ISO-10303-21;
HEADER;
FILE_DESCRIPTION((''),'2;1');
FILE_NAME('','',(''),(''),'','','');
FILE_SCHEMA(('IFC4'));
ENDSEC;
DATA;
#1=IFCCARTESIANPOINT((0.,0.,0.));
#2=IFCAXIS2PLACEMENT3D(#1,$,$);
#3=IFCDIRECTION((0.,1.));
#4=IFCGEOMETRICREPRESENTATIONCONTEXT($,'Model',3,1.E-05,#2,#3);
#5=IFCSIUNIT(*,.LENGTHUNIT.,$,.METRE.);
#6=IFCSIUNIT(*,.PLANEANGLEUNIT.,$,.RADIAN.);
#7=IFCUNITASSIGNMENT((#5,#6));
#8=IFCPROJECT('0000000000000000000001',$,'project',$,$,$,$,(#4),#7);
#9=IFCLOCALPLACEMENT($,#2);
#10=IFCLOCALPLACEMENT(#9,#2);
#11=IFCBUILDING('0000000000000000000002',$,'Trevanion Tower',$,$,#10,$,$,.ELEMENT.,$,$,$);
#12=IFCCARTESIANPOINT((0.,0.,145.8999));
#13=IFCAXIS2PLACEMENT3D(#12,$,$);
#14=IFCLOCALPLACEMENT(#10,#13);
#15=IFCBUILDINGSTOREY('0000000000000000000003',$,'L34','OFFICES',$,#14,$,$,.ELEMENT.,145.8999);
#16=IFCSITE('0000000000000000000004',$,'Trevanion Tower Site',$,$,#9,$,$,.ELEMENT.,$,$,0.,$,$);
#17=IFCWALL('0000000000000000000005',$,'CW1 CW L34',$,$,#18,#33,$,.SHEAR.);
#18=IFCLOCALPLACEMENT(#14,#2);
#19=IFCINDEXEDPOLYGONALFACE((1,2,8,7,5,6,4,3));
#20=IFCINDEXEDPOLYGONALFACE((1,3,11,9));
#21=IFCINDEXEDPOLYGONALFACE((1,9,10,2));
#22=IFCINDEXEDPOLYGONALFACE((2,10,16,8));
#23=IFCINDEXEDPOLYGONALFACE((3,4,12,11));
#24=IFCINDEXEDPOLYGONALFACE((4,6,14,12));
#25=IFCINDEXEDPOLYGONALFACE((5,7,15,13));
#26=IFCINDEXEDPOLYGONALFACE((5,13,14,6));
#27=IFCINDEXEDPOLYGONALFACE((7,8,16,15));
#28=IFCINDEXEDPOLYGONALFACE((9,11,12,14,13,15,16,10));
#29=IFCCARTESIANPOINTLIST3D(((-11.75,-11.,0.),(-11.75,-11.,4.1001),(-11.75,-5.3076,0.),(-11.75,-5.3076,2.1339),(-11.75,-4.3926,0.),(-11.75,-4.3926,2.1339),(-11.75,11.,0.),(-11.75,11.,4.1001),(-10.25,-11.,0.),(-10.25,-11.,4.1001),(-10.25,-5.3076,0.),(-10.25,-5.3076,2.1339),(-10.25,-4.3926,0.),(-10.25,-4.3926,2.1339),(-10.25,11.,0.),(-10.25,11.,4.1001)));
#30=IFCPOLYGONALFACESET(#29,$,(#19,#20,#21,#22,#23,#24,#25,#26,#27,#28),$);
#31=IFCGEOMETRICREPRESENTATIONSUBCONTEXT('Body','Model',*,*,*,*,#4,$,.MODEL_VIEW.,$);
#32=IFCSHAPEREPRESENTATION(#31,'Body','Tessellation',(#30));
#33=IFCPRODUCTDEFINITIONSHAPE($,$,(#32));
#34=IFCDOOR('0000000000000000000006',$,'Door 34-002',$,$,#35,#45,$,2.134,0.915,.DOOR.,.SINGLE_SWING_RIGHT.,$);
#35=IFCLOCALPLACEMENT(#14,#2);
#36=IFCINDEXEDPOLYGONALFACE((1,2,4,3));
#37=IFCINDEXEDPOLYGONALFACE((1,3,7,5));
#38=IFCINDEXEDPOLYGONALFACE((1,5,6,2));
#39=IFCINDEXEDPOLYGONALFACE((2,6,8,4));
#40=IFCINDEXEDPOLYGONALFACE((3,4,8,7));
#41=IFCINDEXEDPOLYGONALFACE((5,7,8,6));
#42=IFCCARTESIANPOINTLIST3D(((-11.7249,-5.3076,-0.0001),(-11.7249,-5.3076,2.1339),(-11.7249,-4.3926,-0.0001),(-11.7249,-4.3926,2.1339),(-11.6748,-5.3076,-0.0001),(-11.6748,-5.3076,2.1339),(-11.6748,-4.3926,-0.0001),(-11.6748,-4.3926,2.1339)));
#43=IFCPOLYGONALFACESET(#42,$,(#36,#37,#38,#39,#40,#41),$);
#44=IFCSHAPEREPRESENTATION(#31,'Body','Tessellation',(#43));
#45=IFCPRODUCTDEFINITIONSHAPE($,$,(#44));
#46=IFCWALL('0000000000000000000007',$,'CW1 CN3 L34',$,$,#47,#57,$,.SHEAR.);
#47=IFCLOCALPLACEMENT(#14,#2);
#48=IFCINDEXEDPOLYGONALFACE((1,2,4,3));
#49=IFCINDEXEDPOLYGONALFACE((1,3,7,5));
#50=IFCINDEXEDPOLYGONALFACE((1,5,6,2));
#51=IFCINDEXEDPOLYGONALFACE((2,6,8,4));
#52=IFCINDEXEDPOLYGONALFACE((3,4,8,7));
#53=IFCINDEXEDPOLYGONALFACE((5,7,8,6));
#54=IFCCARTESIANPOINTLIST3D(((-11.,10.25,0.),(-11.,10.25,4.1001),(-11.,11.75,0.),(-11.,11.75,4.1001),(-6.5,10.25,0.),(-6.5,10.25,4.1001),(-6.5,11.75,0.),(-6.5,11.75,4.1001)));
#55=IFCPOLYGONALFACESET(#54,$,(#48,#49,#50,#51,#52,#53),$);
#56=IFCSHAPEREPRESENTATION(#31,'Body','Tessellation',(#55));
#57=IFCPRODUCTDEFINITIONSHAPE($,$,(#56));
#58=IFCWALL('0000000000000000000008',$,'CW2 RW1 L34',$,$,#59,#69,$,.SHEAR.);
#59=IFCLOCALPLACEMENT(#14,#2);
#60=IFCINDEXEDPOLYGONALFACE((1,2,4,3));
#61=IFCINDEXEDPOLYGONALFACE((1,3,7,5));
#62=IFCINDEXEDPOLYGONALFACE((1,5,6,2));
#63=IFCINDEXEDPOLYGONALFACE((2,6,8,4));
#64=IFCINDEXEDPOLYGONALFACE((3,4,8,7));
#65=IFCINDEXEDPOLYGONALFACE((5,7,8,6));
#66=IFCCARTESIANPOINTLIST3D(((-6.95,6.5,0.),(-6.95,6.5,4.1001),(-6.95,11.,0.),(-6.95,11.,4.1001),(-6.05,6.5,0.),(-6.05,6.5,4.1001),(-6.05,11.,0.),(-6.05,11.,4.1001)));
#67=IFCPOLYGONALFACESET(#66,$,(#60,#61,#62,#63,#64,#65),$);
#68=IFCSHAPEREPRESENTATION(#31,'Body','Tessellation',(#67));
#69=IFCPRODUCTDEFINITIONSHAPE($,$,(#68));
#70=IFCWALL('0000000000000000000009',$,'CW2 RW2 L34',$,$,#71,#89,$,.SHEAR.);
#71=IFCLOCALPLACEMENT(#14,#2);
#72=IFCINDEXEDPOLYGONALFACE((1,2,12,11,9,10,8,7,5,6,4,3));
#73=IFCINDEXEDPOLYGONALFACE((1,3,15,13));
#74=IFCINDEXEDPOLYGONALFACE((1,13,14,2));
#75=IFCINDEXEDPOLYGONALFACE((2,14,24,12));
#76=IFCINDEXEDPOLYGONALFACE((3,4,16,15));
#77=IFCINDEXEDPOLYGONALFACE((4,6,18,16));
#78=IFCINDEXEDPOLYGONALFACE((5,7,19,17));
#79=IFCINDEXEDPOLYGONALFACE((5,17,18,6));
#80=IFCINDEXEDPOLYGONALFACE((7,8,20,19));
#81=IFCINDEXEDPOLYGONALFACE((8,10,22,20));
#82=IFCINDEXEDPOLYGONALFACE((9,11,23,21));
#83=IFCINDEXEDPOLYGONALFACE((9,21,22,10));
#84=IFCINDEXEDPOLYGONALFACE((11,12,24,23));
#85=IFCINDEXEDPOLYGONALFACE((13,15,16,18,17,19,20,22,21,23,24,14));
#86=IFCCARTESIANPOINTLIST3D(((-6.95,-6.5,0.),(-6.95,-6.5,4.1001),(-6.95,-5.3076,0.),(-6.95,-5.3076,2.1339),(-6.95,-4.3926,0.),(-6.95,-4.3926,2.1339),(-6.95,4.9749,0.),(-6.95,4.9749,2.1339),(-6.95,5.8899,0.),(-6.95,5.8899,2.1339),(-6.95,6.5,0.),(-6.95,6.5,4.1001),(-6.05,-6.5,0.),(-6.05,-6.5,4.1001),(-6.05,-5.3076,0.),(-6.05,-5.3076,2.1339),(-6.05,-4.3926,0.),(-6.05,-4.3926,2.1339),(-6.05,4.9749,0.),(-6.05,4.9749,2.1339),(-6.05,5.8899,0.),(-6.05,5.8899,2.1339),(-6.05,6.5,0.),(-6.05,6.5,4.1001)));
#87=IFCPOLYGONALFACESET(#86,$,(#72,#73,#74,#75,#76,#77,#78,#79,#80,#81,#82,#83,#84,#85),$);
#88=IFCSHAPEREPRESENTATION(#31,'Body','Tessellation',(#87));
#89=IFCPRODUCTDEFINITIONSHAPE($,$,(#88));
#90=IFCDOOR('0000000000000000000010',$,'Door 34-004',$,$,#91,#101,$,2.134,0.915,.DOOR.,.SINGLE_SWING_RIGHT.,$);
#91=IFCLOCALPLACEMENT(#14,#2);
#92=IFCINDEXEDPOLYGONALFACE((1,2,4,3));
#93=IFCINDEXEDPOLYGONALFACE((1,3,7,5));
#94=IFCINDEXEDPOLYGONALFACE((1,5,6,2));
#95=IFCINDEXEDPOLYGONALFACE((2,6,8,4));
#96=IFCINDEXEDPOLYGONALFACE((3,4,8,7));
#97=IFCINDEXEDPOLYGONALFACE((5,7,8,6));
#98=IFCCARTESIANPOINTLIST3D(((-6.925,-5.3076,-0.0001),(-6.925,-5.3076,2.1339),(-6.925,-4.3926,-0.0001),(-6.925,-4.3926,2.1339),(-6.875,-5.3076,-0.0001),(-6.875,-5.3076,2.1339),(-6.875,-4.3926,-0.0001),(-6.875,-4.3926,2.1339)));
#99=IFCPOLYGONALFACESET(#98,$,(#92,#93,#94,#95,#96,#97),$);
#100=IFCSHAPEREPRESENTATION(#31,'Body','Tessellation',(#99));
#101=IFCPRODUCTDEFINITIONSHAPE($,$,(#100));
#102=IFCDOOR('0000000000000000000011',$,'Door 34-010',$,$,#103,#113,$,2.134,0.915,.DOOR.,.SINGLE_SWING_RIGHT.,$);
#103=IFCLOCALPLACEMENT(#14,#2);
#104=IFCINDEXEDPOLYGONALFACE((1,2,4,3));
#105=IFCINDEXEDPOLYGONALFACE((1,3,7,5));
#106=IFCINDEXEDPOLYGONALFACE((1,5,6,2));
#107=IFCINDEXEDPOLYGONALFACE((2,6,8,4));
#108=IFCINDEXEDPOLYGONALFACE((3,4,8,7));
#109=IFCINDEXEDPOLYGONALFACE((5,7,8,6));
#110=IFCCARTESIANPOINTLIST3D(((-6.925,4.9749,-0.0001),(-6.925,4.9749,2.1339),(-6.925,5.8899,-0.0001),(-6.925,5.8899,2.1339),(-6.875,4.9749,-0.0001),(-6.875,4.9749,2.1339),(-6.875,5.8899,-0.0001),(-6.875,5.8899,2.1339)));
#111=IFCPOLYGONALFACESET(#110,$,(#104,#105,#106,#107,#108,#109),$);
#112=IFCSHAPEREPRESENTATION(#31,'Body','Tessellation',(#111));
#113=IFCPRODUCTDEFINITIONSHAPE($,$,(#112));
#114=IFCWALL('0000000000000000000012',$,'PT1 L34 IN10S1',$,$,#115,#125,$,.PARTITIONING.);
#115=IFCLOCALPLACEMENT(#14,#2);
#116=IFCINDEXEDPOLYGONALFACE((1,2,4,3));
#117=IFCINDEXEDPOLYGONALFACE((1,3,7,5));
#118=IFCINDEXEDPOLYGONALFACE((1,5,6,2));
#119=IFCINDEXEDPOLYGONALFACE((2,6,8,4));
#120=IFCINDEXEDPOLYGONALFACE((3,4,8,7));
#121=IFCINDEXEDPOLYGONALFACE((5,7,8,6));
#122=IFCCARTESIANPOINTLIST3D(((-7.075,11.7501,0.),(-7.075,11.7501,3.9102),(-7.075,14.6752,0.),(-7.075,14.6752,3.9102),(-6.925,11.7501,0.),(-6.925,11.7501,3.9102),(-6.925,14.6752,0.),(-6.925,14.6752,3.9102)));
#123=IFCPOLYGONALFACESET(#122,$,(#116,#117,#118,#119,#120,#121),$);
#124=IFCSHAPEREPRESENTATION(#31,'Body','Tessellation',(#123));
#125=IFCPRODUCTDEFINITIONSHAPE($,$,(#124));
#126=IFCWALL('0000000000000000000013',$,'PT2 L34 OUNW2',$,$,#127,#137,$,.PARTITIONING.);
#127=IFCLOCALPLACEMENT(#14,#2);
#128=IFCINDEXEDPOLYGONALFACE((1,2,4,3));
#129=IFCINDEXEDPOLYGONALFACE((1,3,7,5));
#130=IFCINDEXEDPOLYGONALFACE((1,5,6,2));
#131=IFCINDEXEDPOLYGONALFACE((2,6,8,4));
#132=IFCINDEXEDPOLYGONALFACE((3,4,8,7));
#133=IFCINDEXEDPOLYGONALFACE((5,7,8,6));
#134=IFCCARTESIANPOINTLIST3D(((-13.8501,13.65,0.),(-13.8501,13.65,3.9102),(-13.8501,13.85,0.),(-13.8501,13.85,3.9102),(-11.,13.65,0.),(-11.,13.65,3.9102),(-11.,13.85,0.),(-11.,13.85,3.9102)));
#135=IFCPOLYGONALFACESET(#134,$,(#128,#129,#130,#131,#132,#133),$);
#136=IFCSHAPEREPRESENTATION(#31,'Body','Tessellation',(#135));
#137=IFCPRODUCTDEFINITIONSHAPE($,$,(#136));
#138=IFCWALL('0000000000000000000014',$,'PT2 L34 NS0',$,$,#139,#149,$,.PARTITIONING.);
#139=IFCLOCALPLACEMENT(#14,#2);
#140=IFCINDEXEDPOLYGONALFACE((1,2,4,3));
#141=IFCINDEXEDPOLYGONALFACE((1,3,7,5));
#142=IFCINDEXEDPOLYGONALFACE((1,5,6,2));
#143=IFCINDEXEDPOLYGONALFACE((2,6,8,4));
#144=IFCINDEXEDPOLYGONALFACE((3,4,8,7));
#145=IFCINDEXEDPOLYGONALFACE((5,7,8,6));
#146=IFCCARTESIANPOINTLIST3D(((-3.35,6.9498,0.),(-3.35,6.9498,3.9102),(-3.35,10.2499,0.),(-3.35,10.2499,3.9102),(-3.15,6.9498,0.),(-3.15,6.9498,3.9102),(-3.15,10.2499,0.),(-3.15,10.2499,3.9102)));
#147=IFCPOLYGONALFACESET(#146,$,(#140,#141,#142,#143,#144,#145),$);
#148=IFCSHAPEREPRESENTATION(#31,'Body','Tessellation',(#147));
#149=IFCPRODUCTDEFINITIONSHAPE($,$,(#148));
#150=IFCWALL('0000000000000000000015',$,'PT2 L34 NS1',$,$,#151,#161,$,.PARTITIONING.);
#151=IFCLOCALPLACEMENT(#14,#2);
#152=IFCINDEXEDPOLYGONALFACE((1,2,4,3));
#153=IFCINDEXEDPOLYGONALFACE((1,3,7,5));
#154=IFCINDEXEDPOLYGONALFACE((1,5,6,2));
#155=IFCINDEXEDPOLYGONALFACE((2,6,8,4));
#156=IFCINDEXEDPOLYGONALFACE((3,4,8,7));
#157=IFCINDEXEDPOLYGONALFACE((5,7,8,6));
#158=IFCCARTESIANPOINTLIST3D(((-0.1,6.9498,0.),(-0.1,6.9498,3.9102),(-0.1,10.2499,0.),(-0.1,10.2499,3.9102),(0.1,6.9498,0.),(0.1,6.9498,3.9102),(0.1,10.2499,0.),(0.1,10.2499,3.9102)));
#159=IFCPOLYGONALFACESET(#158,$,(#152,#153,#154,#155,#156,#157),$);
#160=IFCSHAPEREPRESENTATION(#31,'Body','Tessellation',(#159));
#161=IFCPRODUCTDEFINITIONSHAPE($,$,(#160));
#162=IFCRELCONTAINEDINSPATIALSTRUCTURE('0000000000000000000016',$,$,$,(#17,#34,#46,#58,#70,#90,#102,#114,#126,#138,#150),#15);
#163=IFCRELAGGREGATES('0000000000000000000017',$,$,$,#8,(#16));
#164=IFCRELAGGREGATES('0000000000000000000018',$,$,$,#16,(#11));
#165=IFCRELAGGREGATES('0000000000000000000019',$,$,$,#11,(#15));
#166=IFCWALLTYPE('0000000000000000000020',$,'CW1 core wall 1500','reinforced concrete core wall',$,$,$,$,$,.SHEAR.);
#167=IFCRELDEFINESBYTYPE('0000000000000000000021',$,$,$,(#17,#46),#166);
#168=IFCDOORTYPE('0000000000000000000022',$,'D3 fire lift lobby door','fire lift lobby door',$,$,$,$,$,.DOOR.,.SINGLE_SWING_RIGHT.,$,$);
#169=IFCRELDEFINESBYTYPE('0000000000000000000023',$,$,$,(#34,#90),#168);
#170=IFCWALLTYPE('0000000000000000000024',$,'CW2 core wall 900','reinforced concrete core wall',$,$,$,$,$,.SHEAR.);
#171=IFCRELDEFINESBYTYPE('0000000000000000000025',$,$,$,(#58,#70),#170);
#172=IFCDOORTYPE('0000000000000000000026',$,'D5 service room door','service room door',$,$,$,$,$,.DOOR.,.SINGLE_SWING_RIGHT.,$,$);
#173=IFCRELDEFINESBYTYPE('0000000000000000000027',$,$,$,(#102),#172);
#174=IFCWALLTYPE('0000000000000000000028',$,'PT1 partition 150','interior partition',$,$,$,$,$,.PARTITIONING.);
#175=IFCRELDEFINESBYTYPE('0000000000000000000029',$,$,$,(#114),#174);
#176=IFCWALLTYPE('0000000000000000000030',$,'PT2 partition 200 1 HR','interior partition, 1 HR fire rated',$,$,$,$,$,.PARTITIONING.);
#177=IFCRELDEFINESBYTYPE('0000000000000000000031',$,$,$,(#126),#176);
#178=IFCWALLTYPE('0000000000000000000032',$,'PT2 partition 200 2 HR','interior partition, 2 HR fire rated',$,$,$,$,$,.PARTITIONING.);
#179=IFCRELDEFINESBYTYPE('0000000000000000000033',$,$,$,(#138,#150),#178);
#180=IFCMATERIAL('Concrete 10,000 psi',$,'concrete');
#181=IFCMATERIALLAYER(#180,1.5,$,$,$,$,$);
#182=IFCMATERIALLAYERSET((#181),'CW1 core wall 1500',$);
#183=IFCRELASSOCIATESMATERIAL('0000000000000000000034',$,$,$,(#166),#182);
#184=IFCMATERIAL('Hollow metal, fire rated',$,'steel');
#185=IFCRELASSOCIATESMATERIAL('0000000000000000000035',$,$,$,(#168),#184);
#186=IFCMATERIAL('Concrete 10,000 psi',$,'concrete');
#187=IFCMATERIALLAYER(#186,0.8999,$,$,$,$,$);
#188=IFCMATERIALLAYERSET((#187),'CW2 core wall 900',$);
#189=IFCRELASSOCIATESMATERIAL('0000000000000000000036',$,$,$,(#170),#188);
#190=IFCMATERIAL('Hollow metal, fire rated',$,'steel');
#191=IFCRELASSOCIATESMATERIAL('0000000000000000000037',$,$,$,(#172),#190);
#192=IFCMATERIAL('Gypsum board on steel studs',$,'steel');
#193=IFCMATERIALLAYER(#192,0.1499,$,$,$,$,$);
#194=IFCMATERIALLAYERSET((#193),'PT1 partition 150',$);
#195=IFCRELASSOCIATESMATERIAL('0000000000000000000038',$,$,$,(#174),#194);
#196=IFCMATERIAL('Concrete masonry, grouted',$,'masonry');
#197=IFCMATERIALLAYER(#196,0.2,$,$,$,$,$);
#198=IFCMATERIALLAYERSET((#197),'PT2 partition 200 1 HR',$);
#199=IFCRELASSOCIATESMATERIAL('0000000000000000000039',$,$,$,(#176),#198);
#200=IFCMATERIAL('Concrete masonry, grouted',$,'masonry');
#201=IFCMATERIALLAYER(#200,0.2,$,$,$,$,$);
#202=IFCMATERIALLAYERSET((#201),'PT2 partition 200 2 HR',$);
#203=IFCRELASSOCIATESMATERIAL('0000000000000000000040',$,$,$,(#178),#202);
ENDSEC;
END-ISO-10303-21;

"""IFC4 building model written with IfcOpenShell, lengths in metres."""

from ifc_helpers import new_model, si_unit, direction, frame, frame_2d, origin, place, context, subcontext, project, spatial, rectangle, extrude, material, layer, layer_set, type_object, element, fill, save


model = new_model("IFC4")

# Units and contexts
model_context = context("Model", 3, precision=1e-05, world=origin(), true_north=direction((0.0, 1.0)))
body_context = subcontext(model_context, "Body", "Model", "MODEL_VIEW")
ifc_project = project(units=[si_unit("LENGTHUNIT", "METRE"), si_unit("PLANEANGLEUNIT", "RADIAN")], contexts=[model_context])

# Site, building, storey
site_placement = place(None, origin())
site = spatial("IfcSite", under=ifc_project, at=site_placement, Name="Trevanion Tower Site", CompositionType="ELEMENT", RefElevation=0.0)
building_placement = place(site_placement, origin())
building = spatial("IfcBuilding", under=site, at=building_placement, Name="Trevanion Tower", CompositionType="ELEMENT")
storey_placement = place(building_placement, frame((0.0, 0.0, 145.8999)))
storey = spatial("IfcBuildingStorey", under=building, at=storey_placement, Name="L34", Description="OFFICES", CompositionType="ELEMENT", Elevation=145.8999)

# Wall, opening, door
ifc_material_1 = material(Name="Concrete 10,000 psi", Category="concrete")
ifc_layer_1 = layer(ifc_material_1, 1.5)
ifc_layer_set_1 = layer_set([ifc_layer_1], Name="CW1 core wall 1500")
wall_type_1 = type_object("IfcWallType", Name="CW1 core wall 1500", Description="reinforced concrete core wall", PredefinedType="SHEAR", material=ifc_layer_set_1)
wall_1_placement = place(storey_placement, frame((-11.0, 11.0, 0.0), z_axis=(0.0, 0.0, 1.0), x_axis=(0.0, -1.0, 0.0)))
wall_1 = element("IfcWall", 1, at=wall_1_placement, inside=storey, type_object=wall_type_1, Name="CW1 CW L34", PredefinedType="SHEAR", context=body_context, shape_type="SweptSolid", body=[
    extrude(rectangle(XDim=22.0, YDim=1.5, at=frame_2d((11.0, 0.0))), origin(), (0.0, 0.0, 1.0), 4.1001),
])
opening_1_placement = place(wall_1_placement, frame((15.3926, 0.0, 0.0)))
opening_1 = element("IfcOpeningElement", 2, at=opening_1_placement, cuts=wall_1, PredefinedType="OPENING", context=body_context, shape_type="SweptSolid", body=[
    extrude(rectangle(XDim=0.915, YDim=2.134, at=frame_2d((0.4575, 1.0669))), frame((0.0, 0.76, 0.0), z_axis=(0.0, -1.0, 0.0), x_axis=(1.0, 0.0, 0.0)), (0.0, 0.0, 1.0), 1.52),
])
ifc_material_2 = material(Name="Hollow metal, fire rated", Category="steel")
door_type_1 = type_object("IfcDoorType", Name="D3 fire lift lobby door", Description="fire lift lobby door", OperationType="SINGLE_SWING_RIGHT", PredefinedType="DOOR", material=ifc_material_2)
door_1_placement = place(opening_1_placement, origin())
door_1 = element("IfcDoor", 3, at=door_1_placement, inside=storey, type_object=door_type_1, Name="Door 34-002", OperationType="SINGLE_SWING_RIGHT", OverallHeight=2.134, OverallWidth=0.915, PredefinedType="DOOR", context=body_context, shape_type="SweptSolid", body=[
    extrude(rectangle(XDim=0.915, YDim=2.134, at=frame_2d((0.4575, 1.0669))), frame((0.0, -0.6748, 0.0), z_axis=(0.0, -1.0, 0.0), x_axis=(1.0, 0.0, 0.0)), (0.0, 0.0, 1.0), 0.05),
])
fill(opening_1, door_1)

# Walls
wall_2_placement = place(storey_placement, frame((-6.5, 11.0, 0.0), z_axis=(0.0, 0.0, 1.0), x_axis=(-1.0, 0.0, 0.0)))
element("IfcWall", 4, at=wall_2_placement, inside=storey, type_object=wall_type_1, Name="CW1 CN3 L34", PredefinedType="SHEAR", context=body_context, shape_type="SweptSolid", body=[
    extrude(rectangle(XDim=4.5, YDim=1.5, at=frame_2d((2.25, 0.0))), origin(), (0.0, 0.0, 1.0), 4.1001),
])
ifc_material_3 = material(Name="Concrete 10,000 psi", Category="concrete")
ifc_layer_2 = layer(ifc_material_3, 0.8999)
ifc_layer_set_2 = layer_set([ifc_layer_2], Name="CW2 core wall 900")
wall_type_2 = type_object("IfcWallType", Name="CW2 core wall 900", Description="reinforced concrete core wall", PredefinedType="SHEAR", material=ifc_layer_set_2)
wall_3_placement = place(storey_placement, frame((-6.5, 11.0, 0.0), z_axis=(0.0, 0.0, 1.0), x_axis=(0.0, -1.0, 0.0)))
element("IfcWall", 5, at=wall_3_placement, inside=storey, type_object=wall_type_2, Name="CW2 RW1 L34", PredefinedType="SHEAR", context=body_context, shape_type="SweptSolid", body=[
    extrude(rectangle(XDim=4.5, YDim=0.8999, at=frame_2d((2.25, 0.0))), origin(), (0.0, 0.0, 1.0), 4.1001),
])

# Wall, openings, doors
wall_4_placement = place(storey_placement, frame((-6.5, 6.5, 0.0), z_axis=(0.0, 0.0, 1.0), x_axis=(0.0, -1.0, 0.0)))
wall_4 = element("IfcWall", 6, at=wall_4_placement, inside=storey, type_object=wall_type_2, Name="CW2 RW2 L34", PredefinedType="SHEAR", context=body_context, shape_type="SweptSolid", body=[
    extrude(rectangle(XDim=13.0, YDim=0.8999, at=frame_2d((6.5, 0.0))), origin(), (0.0, 0.0, 1.0), 4.1001),
])
opening_2_placement = place(wall_4_placement, frame((10.8926, 0.0, 0.0)))
opening_2 = element("IfcOpeningElement", 7, at=opening_2_placement, cuts=wall_4, PredefinedType="OPENING", context=body_context, shape_type="SweptSolid", body=[
    extrude(rectangle(XDim=0.915, YDim=2.134, at=frame_2d((0.4575, 1.0669))), frame((0.0, 0.46, 0.0), z_axis=(0.0, -1.0, 0.0), x_axis=(1.0, 0.0, 0.0)), (0.0, 0.0, 1.0), 0.9199),
])
opening_3_placement = place(wall_4_placement, frame((0.6101, 0.0, 0.0)))
opening_3 = element("IfcOpeningElement", 8, at=opening_3_placement, cuts=wall_4, PredefinedType="OPENING", context=body_context, shape_type="SweptSolid", body=[
    extrude(rectangle(XDim=0.915, YDim=2.134, at=frame_2d((0.4575, 1.0669))), frame((0.0, 0.46, 0.0), z_axis=(0.0, -1.0, 0.0), x_axis=(1.0, 0.0, 0.0)), (0.0, 0.0, 1.0), 0.9199),
])
door_2_placement = place(opening_2_placement, origin())
door_2 = element("IfcDoor", 9, at=door_2_placement, inside=storey, type_object=door_type_1, Name="Door 34-004", OperationType="SINGLE_SWING_RIGHT", OverallHeight=2.134, OverallWidth=0.915, PredefinedType="DOOR", context=body_context, shape_type="SweptSolid", body=[
    extrude(rectangle(XDim=0.915, YDim=2.134, at=frame_2d((0.4575, 1.0669))), frame((0.0, -0.375, 0.0), z_axis=(0.0, -1.0, 0.0), x_axis=(1.0, 0.0, 0.0)), (0.0, 0.0, 1.0), 0.05),
])
fill(opening_2, door_2)
ifc_material_4 = material(Name="Hollow metal, fire rated", Category="steel")
door_type_2 = type_object("IfcDoorType", Name="D5 service room door", Description="service room door", OperationType="SINGLE_SWING_RIGHT", PredefinedType="DOOR", material=ifc_material_4)
door_3_placement = place(opening_3_placement, origin())
door_3 = element("IfcDoor", 10, at=door_3_placement, inside=storey, type_object=door_type_2, Name="Door 34-010", OperationType="SINGLE_SWING_RIGHT", OverallHeight=2.134, OverallWidth=0.915, PredefinedType="DOOR", context=body_context, shape_type="SweptSolid", body=[
    extrude(rectangle(XDim=0.915, YDim=2.134, at=frame_2d((0.4575, 1.0669))), frame((0.0, -0.375, 0.0), z_axis=(0.0, -1.0, 0.0), x_axis=(1.0, 0.0, 0.0)), (0.0, 0.0, 1.0), 0.05),
])
fill(opening_3, door_3)

# Walls
ifc_material_5 = material(Name="Gypsum board on steel studs", Category="steel")
ifc_layer_3 = layer(ifc_material_5, 0.1499)
ifc_layer_set_3 = layer_set([ifc_layer_3], Name="PT1 partition 150")
wall_type_3 = type_object("IfcWallType", Name="PT1 partition 150", Description="interior partition", PredefinedType="PARTITIONING", material=ifc_layer_set_3)
wall_5_placement = place(storey_placement, frame((-7.0, 14.675, 0.0), z_axis=(0.0, 0.0, 1.0), x_axis=(0.0, -1.0, 0.0)))
element("IfcWall", 11, at=wall_5_placement, inside=storey, type_object=wall_type_3, Name="PT1 L34 IN10S1", PredefinedType="PARTITIONING", context=body_context, shape_type="SweptSolid", body=[
    extrude(rectangle(XDim=2.925, YDim=0.1499, at=frame_2d((1.4624, 0.0))), origin(), (0.0, 0.0, 1.0), 3.9102),
])
ifc_material_6 = material(Name="Concrete masonry, grouted", Category="masonry")
ifc_layer_4 = layer(ifc_material_6, 0.2)
ifc_layer_set_4 = layer_set([ifc_layer_4], Name="PT2 partition 200 1 HR")
wall_type_4 = type_object("IfcWallType", Name="PT2 partition 200 1 HR", Description="interior partition, 1 HR fire rated", PredefinedType="PARTITIONING", material=ifc_layer_set_4)
wall_6_placement = place(storey_placement, frame((-11.0, 13.75, 0.0), z_axis=(0.0, 0.0, 1.0), x_axis=(-1.0, 0.0, 0.0)))
element("IfcWall", 12, at=wall_6_placement, inside=storey, type_object=wall_type_4, Name="PT2 L34 OUNW2", PredefinedType="PARTITIONING", context=body_context, shape_type="SweptSolid", body=[
    extrude(rectangle(XDim=2.8501, YDim=0.2, at=frame_2d((1.425, 0.0))), origin(), (0.0, 0.0, 1.0), 3.9102),
])
ifc_material_7 = material(Name="Concrete masonry, grouted", Category="masonry")
ifc_layer_5 = layer(ifc_material_7, 0.2)
ifc_layer_set_5 = layer_set([ifc_layer_5], Name="PT2 partition 200 2 HR")
wall_type_5 = type_object("IfcWallType", Name="PT2 partition 200 2 HR", Description="interior partition, 2 HR fire rated", PredefinedType="PARTITIONING", material=ifc_layer_set_5)
for number, where, z_axis, x_axis, name in (
    (13, (-3.25, 6.95, 0.0), (0.0, 0.0, 1.0), (0.0, 1.0, 0.0), "PT2 L34 NS0"),
    (14, (0.0, 6.95, 0.0), (0.0, 0.0, 1.0), (0.0, 1.0, 0.0), "PT2 L34 NS1"),
):
    element("IfcWall", number, at=place(storey_placement, frame(where, z_axis=z_axis, x_axis=x_axis)), inside=storey, type_object=wall_type_5, Name=name, PredefinedType="PARTITIONING", context=body_context, shape_type="SweptSolid", body=[
        extrude(rectangle(XDim=3.3, YDim=0.2, at=frame_2d((1.6499, 0.0))), origin(), (0.0, 0.0, 1.0), 3.9102),
    ])

save(model, "model.ifc")
